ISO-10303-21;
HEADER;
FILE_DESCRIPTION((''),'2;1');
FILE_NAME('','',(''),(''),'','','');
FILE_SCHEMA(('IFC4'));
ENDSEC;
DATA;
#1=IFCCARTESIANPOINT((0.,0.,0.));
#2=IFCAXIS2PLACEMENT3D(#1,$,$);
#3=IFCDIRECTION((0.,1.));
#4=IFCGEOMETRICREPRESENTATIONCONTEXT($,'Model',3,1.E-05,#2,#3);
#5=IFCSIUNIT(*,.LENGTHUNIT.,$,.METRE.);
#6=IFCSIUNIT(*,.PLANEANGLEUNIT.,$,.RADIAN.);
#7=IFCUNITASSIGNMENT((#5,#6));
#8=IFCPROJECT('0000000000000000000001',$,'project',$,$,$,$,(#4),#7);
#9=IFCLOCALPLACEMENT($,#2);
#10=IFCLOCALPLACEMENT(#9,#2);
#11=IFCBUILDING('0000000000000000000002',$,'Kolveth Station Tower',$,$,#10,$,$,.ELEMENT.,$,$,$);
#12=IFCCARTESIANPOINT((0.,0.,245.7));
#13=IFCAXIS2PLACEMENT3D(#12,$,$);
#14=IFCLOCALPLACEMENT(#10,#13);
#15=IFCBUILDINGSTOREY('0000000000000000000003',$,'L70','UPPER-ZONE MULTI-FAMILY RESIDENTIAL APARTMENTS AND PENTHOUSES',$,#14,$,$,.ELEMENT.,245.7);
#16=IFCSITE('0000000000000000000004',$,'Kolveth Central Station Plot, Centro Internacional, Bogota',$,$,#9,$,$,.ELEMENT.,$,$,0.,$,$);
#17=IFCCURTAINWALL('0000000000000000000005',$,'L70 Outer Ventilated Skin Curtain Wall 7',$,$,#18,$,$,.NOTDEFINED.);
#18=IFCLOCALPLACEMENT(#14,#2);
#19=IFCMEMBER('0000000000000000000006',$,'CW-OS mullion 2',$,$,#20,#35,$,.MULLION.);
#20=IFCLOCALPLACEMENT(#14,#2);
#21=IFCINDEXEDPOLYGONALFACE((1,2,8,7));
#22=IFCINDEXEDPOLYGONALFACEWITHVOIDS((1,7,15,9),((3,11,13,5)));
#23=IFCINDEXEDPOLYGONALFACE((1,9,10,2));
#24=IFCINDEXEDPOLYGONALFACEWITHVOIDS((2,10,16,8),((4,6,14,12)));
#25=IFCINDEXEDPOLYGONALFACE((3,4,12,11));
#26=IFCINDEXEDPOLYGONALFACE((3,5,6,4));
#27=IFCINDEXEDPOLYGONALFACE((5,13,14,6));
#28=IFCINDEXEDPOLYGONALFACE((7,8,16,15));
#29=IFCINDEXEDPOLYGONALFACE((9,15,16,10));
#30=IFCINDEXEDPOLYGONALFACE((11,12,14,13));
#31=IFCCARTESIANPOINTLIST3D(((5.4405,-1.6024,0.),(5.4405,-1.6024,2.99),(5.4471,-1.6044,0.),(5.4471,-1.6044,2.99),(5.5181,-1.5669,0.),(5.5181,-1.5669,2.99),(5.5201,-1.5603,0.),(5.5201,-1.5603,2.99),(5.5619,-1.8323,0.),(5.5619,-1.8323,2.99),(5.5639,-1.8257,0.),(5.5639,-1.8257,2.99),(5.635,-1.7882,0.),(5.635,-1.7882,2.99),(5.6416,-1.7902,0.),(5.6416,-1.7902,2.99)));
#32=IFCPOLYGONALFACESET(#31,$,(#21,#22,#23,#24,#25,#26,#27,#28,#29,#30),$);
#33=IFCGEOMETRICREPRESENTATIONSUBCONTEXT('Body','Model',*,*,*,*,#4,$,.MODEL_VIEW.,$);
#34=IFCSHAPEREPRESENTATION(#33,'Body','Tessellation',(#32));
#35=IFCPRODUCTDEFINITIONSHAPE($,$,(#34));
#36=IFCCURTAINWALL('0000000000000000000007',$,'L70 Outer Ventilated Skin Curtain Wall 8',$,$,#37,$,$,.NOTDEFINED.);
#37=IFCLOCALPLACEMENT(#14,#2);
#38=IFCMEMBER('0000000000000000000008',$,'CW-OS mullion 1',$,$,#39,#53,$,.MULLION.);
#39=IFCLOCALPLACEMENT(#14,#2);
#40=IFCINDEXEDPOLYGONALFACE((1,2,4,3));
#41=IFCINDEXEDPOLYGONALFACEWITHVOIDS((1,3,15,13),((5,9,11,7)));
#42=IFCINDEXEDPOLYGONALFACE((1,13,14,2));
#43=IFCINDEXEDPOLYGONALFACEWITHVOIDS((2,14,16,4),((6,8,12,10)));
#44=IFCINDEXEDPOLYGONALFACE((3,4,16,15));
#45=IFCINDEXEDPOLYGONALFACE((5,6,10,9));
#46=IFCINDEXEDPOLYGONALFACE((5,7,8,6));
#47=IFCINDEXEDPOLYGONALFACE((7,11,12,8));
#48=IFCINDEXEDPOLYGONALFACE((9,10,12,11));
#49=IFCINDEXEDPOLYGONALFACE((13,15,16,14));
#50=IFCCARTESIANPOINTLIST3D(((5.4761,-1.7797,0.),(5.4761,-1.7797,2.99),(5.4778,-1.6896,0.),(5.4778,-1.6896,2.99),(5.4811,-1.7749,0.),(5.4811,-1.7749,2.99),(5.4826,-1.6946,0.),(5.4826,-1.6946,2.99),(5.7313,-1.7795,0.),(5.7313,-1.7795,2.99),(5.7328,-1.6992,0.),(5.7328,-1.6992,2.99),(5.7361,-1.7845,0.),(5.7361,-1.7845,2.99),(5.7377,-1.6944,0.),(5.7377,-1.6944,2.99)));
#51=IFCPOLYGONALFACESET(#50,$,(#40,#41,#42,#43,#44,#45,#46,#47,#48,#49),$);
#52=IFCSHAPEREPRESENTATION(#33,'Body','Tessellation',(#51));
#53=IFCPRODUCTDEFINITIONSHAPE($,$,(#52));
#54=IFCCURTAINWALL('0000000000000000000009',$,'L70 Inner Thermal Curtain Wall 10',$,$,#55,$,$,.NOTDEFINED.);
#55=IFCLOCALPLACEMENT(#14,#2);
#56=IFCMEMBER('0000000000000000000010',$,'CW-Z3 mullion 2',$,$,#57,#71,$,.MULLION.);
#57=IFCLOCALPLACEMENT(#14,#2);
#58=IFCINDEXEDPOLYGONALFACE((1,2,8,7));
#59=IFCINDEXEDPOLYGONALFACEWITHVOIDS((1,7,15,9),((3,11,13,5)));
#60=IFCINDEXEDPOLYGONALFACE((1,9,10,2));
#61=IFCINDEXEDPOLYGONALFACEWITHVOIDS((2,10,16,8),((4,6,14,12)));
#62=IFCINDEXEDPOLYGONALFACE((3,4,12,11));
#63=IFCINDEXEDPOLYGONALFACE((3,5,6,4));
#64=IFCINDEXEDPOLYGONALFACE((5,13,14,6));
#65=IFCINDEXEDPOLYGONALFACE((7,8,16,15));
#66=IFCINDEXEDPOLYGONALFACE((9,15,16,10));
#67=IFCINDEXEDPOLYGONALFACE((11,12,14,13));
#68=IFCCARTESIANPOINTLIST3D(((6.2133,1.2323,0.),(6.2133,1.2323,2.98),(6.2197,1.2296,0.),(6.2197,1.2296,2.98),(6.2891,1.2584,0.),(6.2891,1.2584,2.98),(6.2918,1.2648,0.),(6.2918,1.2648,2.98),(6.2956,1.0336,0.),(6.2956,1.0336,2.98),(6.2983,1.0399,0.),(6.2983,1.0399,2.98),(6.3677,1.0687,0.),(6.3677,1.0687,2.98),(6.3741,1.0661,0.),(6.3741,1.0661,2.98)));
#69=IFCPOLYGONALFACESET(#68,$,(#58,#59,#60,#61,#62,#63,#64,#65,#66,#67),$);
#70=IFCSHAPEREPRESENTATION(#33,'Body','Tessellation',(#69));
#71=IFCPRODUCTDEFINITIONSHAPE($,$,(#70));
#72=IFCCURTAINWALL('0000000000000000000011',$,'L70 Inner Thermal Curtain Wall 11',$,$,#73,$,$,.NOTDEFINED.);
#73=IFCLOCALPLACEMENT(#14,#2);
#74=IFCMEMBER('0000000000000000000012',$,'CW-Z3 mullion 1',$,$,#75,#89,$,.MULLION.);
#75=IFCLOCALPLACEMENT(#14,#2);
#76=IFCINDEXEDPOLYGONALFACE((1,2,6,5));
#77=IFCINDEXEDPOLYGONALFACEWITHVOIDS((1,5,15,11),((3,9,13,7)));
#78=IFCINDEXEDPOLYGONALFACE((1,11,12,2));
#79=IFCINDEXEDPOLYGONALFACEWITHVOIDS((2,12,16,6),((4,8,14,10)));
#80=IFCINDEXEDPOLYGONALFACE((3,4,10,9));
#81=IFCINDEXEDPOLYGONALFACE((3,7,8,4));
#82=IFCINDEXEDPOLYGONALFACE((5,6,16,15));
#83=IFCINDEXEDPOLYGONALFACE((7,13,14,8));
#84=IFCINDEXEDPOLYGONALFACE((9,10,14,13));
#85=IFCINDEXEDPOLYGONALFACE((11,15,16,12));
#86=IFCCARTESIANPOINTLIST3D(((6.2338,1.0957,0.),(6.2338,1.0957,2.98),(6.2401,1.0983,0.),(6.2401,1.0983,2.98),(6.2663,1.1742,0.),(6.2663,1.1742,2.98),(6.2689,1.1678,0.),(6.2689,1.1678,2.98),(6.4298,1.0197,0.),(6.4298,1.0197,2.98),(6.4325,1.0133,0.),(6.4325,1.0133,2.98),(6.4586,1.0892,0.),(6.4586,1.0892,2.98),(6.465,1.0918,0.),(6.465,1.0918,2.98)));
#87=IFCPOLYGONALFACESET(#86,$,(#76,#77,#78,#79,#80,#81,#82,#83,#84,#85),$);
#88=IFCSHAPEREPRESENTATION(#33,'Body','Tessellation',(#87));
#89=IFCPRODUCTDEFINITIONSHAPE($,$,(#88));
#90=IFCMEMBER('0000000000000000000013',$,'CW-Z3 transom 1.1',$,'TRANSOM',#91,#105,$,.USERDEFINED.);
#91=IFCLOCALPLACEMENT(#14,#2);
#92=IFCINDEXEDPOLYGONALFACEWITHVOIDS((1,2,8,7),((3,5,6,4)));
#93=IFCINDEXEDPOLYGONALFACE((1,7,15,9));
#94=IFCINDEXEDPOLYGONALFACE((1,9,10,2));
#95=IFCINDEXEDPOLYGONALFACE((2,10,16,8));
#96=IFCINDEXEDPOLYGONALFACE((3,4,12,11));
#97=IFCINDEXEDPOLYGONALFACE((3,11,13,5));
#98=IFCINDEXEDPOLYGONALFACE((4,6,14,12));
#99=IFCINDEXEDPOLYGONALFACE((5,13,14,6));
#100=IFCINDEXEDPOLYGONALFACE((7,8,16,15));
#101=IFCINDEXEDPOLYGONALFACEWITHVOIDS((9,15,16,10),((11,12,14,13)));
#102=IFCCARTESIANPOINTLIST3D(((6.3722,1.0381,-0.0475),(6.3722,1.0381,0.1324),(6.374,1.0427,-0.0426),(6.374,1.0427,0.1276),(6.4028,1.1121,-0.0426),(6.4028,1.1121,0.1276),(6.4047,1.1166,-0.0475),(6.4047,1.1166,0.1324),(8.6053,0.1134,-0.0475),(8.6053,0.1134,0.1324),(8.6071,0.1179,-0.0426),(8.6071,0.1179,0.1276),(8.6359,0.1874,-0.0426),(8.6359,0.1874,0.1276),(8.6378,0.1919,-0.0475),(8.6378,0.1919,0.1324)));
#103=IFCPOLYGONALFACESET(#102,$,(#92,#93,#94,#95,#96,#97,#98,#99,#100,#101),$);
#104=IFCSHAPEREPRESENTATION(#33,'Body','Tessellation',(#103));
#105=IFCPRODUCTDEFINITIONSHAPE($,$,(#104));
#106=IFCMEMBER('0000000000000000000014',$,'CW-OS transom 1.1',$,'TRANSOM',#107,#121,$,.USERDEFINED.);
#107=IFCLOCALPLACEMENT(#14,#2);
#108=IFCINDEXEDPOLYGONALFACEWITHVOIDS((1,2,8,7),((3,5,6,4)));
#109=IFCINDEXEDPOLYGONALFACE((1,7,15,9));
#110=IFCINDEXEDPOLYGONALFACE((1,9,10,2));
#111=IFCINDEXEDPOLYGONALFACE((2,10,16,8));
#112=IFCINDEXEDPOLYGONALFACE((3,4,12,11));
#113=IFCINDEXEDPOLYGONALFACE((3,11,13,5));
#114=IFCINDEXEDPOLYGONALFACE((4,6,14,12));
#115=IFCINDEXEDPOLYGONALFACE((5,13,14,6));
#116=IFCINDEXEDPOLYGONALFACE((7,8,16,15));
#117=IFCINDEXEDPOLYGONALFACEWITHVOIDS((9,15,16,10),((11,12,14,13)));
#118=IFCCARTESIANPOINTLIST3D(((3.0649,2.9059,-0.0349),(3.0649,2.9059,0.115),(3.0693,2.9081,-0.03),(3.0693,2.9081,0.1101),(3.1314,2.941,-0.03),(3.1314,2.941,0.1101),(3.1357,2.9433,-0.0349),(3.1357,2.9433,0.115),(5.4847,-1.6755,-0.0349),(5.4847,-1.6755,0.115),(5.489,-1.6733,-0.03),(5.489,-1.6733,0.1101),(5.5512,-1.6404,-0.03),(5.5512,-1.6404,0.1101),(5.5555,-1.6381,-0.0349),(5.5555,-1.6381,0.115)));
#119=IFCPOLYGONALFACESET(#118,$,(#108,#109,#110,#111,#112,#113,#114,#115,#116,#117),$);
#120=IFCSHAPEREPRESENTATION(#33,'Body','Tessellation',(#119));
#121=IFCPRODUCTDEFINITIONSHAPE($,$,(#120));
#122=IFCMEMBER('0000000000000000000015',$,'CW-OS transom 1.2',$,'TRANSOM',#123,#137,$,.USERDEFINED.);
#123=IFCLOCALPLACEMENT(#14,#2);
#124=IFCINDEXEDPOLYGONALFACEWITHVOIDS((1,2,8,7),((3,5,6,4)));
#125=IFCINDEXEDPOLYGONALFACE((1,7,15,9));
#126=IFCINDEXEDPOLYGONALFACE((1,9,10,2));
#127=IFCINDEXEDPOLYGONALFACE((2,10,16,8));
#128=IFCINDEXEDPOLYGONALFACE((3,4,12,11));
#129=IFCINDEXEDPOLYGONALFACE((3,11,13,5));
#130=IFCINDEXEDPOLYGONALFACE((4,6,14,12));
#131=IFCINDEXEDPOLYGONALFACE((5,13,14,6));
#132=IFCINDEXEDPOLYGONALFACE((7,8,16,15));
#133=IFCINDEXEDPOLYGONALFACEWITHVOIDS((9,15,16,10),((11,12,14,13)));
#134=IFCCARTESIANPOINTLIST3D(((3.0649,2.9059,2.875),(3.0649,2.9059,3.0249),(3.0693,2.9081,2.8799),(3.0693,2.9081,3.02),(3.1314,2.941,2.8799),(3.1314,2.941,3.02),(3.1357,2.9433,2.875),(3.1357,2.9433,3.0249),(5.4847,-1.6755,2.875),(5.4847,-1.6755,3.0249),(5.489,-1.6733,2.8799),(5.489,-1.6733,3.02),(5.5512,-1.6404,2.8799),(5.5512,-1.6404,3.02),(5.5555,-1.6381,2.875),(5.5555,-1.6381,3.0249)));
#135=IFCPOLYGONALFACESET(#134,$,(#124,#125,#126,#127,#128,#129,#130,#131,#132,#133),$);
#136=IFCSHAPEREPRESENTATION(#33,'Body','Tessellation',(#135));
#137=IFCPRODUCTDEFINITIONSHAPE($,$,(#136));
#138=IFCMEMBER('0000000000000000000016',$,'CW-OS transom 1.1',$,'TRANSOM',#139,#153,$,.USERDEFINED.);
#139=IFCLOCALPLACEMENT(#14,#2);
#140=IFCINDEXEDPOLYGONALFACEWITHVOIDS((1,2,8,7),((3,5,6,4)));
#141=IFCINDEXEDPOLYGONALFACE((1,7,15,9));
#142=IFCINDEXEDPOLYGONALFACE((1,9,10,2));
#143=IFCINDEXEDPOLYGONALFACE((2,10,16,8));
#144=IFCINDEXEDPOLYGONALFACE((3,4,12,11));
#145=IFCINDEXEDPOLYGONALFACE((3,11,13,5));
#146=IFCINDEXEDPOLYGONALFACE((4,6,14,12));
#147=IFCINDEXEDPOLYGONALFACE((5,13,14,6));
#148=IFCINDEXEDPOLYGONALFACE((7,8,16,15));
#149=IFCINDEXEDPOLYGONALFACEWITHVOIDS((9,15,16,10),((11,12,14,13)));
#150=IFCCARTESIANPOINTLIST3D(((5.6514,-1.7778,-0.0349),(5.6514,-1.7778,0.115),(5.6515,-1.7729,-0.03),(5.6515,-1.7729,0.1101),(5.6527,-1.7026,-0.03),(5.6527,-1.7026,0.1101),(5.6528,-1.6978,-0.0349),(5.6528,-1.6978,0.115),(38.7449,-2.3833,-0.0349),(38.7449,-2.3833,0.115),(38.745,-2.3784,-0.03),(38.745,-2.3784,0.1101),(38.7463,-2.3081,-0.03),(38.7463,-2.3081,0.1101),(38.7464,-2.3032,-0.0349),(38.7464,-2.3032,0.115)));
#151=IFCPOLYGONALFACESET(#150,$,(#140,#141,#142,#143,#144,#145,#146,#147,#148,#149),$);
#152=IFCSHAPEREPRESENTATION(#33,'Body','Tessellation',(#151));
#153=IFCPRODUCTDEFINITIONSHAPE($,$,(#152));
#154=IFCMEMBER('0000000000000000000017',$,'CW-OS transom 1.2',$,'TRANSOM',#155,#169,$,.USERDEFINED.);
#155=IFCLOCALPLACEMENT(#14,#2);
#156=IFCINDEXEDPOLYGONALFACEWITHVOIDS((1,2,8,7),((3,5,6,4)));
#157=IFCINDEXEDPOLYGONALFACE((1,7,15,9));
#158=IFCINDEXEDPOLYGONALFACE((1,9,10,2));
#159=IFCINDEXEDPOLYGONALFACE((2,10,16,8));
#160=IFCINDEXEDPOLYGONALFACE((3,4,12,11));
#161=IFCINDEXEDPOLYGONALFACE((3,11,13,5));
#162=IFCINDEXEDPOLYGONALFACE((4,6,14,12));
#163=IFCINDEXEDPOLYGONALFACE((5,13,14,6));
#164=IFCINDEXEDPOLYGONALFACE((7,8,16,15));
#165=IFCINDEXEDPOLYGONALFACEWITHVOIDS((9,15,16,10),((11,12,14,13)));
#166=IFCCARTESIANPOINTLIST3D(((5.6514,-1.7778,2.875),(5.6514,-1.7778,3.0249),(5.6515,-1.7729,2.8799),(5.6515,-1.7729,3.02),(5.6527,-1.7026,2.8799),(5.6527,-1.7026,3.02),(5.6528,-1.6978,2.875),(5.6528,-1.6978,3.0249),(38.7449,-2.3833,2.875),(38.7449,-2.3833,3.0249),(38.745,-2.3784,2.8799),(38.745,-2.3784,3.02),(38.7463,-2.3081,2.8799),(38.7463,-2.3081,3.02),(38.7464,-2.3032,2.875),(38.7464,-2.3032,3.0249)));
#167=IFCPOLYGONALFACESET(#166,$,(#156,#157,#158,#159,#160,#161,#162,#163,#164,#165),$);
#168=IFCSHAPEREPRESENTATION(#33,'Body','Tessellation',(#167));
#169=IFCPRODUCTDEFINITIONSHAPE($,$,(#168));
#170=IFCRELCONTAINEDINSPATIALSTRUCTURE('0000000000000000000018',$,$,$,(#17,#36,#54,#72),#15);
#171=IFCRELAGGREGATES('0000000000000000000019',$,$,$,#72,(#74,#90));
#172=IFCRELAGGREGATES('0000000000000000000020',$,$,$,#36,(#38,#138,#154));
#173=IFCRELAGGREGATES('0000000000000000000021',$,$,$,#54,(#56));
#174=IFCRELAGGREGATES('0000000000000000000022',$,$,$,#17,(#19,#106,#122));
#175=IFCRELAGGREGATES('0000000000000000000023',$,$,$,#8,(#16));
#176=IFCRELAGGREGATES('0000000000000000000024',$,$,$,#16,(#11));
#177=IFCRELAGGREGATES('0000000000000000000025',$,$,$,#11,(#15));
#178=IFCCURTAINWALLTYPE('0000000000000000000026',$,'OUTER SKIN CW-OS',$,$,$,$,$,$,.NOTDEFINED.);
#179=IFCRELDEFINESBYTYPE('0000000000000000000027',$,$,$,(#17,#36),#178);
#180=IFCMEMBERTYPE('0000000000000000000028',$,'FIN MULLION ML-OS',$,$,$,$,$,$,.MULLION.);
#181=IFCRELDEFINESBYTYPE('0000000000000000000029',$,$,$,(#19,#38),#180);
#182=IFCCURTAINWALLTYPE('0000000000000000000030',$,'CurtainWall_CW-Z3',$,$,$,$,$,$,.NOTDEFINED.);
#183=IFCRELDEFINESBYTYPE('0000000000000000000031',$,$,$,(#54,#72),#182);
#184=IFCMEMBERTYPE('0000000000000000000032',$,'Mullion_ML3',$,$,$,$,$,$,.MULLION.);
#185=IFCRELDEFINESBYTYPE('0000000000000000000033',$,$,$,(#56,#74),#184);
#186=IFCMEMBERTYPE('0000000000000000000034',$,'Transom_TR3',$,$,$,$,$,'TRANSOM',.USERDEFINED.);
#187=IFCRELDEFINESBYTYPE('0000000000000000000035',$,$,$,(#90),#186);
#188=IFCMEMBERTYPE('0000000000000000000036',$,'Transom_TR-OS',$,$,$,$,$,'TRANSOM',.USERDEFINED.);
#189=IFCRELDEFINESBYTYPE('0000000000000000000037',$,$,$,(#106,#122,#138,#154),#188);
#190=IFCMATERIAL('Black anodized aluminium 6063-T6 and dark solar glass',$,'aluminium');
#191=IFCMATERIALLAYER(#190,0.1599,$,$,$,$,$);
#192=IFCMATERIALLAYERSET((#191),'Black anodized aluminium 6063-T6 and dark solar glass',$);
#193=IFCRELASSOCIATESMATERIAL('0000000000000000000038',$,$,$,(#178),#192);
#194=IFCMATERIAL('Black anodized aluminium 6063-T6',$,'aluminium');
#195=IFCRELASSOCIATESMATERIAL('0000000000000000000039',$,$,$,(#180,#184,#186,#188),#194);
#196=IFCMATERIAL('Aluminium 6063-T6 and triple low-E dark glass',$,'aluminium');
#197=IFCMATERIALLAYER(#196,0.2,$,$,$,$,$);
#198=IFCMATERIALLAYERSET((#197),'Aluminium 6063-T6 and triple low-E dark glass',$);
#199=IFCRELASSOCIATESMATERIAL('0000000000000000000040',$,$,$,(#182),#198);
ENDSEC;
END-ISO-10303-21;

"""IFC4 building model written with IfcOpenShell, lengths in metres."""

from ifc_helpers import new_model, si_unit, direction, frame, origin, origin_2d, place, context, subcontext, project, spatial, hollow_rectangle, extrude, source, transform, mapped, material, layer, layer_set, material_profile, profile_set, type_object, element, aggregate, save


model = new_model("IFC4")

# Units and contexts
model_context = context("Model", 3, precision=1e-05, world=origin(), true_north=direction((0.0, 1.0)))
body_context = subcontext(model_context, "Body", "Model", "MODEL_VIEW")
ifc_project = project(units=[si_unit("LENGTHUNIT", "METRE"), si_unit("PLANEANGLEUNIT", "RADIAN")], contexts=[model_context])

# Site, building, storey
site_placement = place(None, origin())
site = spatial("IfcSite", under=ifc_project, at=site_placement, Name="Kolveth Central Station Plot, Centro Internacional, Bogota", CompositionType="ELEMENT", RefElevation=0.0)
building_placement = place(site_placement, origin())
building = spatial("IfcBuilding", under=site, at=building_placement, Name="Kolveth Station Tower", CompositionType="ELEMENT")
storey_placement = place(building_placement, frame((0.0, 0.0, 245.7)))
storey = spatial("IfcBuildingStorey", under=building, at=storey_placement, Name="L70", Description="UPPER-ZONE MULTI-FAMILY RESIDENTIAL APARTMENTS AND PENTHOUSES", CompositionType="ELEMENT", Elevation=245.7)

# Curtain walls, members
ifc_material_1 = material(Name="Black anodized aluminium 6063-T6 and dark solar glass", Category="aluminium")
ifc_layer_1 = layer(ifc_material_1, 0.1599)
ifc_layer_set_1 = layer_set([ifc_layer_1], Name="Black anodized aluminium 6063-T6 and dark solar glass")
curtain_wall_type_1 = type_object("IfcCurtainWallType", Name="OUTER SKIN CW-OS", PredefinedType="NOTDEFINED", material=ifc_layer_set_1)
curtain_wall_1_placement = place(storey_placement, origin())
curtain_wall_1 = element("IfcCurtainWall", 1, at=curtain_wall_1_placement, inside=storey, type_object=curtain_wall_type_1, Name="L70 Outer Ventilated Skin Curtain Wall 7", PredefinedType="NOTDEFINED")
ifc_material_2 = material(Name="Black anodized aluminium 6063-T6", Category="aluminium")
ifc_material_profile_1 = material_profile(ifc_material_2, hollow_rectangle(XDim=0.0901, YDim=0.26, WallThickness=0.0049, at=origin_2d()), Name="ALU-90x260x5")
ifc_profile_set_1 = profile_set([ifc_material_profile_1], Name="Black anodized aluminium 6063-T6")
member_type_1 = type_object("IfcMemberType", Name="FIN MULLION ML-OS", PredefinedType="MULLION", material=ifc_profile_set_1)
shared_shape_1 = source(origin(), body_context, "Body", "SweptSolid", [
    extrude(hollow_rectangle(XDim=0.0901, YDim=0.26, WallThickness=0.0049, at=origin_2d()), origin(), (0.0, 0.0, 1.0), 2.99),
])
member_1_placement = place(storey_placement, frame((5.541, -1.6963, 0.0), z_axis=(0.0, 0.0, 1.0), x_axis=(0.88424, 0.467032, 0.0)))
member_1 = element("IfcMember", 2, at=member_1_placement, type_object=member_type_1, Name="CW-OS mullion 2", PredefinedType="MULLION", context=body_context, shape_type="MappedRepresentation", body=[
    mapped(shared_shape_1, transform((0.0, 0.0, 0.0), x_axis=(1.0, 0.0, 0.0), y_axis=(0.0, 1.0, 0.0), z_axis=(0.0, 0.0, 1.0), scale=1.0)),
])
curtain_wall_2_placement = place(storey_placement, origin())
curtain_wall_2 = element("IfcCurtainWall", 3, at=curtain_wall_2_placement, inside=storey, type_object=curtain_wall_type_1, Name="L70 Outer Ventilated Skin Curtain Wall 8", PredefinedType="NOTDEFINED")
member_2_placement = place(storey_placement, frame((5.6069, -1.7371, 0.0), z_axis=(0.0, 0.0, 1.0), x_axis=(0.018288, 0.999833, 0.0)))
member_2 = element("IfcMember", 4, at=member_2_placement, type_object=member_type_1, Name="CW-OS mullion 1", PredefinedType="MULLION", context=body_context, shape_type="MappedRepresentation", body=[
    mapped(shared_shape_1, transform((0.0, 0.0, 0.0), x_axis=(1.0, 0.0, 0.0), y_axis=(0.0, 1.0, 0.0), z_axis=(0.0, 0.0, 1.0), scale=1.0)),
])
ifc_material_3 = material(Name="Aluminium 6063-T6 and triple low-E dark glass", Category="aluminium")
ifc_layer_2 = layer(ifc_material_3, 0.2)
ifc_layer_set_2 = layer_set([ifc_layer_2], Name="Aluminium 6063-T6 and triple low-E dark glass")
curtain_wall_type_2 = type_object("IfcCurtainWallType", Name="CurtainWall_CW-Z3", PredefinedType="NOTDEFINED", material=ifc_layer_set_2)
curtain_wall_3_placement = place(storey_placement, origin())
curtain_wall_3 = element("IfcCurtainWall", 5, at=curtain_wall_3_placement, inside=storey, type_object=curtain_wall_type_2, Name="L70 Inner Thermal Curtain Wall 10", PredefinedType="NOTDEFINED")
ifc_material_profile_2 = material_profile(ifc_material_2, hollow_rectangle(XDim=0.085, YDim=0.2151, WallThickness=0.0049, at=origin_2d()), Name="ALU-85x215x5")
ifc_profile_set_2 = profile_set([ifc_material_profile_2], Name="Black anodized aluminium 6063-T6")
member_type_2 = type_object("IfcMemberType", Name="Mullion_ML3", PredefinedType="MULLION", material=ifc_profile_set_2)
shared_shape_2 = source(origin(), body_context, "Body", "SweptSolid", [
    extrude(hollow_rectangle(XDim=0.085, YDim=0.2151, WallThickness=0.0049, at=origin_2d()), origin(), (0.0, 0.0, 1.0), 2.98),
])
member_3_placement = place(storey_placement, frame((6.2937, 1.1492, 0.0), z_axis=(0.0, 0.0, 1.0), x_axis=(0.923875, 0.382693, 0.0)))
member_3 = element("IfcMember", 6, at=member_3_placement, type_object=member_type_2, Name="CW-Z3 mullion 2", PredefinedType="MULLION", context=body_context, shape_type="MappedRepresentation", body=[
    mapped(shared_shape_2, transform((0.0, 0.0, 0.0), x_axis=(1.0, 0.0, 0.0), y_axis=(0.0, 1.0, 0.0), z_axis=(0.0, 0.0, 1.0), scale=1.0)),
])

# Curtain wall, members
curtain_wall_4_placement = place(storey_placement, origin())
curtain_wall_4 = element("IfcCurtainWall", 7, at=curtain_wall_4_placement, inside=storey, type_object=curtain_wall_type_2, Name="L70 Inner Thermal Curtain Wall 11", PredefinedType="NOTDEFINED")
member_4_placement = place(storey_placement, frame((6.3494, 1.0938, 0.0), z_axis=(0.0, 0.0, 1.0), x_axis=(0.382693, 0.923875, 0.0)))
member_4 = element("IfcMember", 8, at=member_4_placement, type_object=member_type_2, Name="CW-Z3 mullion 1", PredefinedType="MULLION", context=body_context, shape_type="MappedRepresentation", body=[
    mapped(shared_shape_2, transform((0.0, 0.0, 0.0), x_axis=(1.0, 0.0, 0.0), y_axis=(0.0, 1.0, 0.0), z_axis=(0.0, 0.0, 1.0), scale=1.0)),
])
ifc_material_profile_3 = material_profile(ifc_material_2, hollow_rectangle(XDim=0.085, YDim=0.1799, WallThickness=0.0049, at=origin_2d()), Name="ALU-85x180x5")
ifc_profile_set_3 = profile_set([ifc_material_profile_3], Name="Black anodized aluminium 6063-T6")
member_type_3 = type_object("IfcMemberType", Name="Transom_TR3", ElementType="TRANSOM", PredefinedType="USERDEFINED", material=ifc_profile_set_3)
shared_shape_3 = source(origin(), body_context, "Body", "SweptSolid", [
    extrude(hollow_rectangle(XDim=0.085, YDim=0.1799, WallThickness=0.0049, at=origin_2d()), origin(), (0.0, 0.0, 1.0), 2.417),
])
member_5_placement = place(storey_placement, frame((6.3884, 1.0774, 0.0425), z_axis=(0.923909, -0.382613, 0.0), x_axis=(0.382613, 0.923909, 0.0)))
member_5 = element("IfcMember", 9, at=member_5_placement, type_object=member_type_3, Name="CW-Z3 transom 1.1", ObjectType="TRANSOM", PredefinedType="USERDEFINED", context=body_context, shape_type="MappedRepresentation", body=[
    mapped(shared_shape_3, transform((0.0, 0.0, 0.0), x_axis=(1.0, 0.0, 0.0), y_axis=(0.0, 1.0, 0.0), z_axis=(0.0, 0.0, 1.0), scale=1.0)),
])
aggregate(curtain_wall_4, [member_4, member_5])

# Members
ifc_material_profile_4 = material_profile(ifc_material_2, hollow_rectangle(XDim=0.0801, YDim=0.1499, WallThickness=0.0049, at=origin_2d()), Name="ALU-80x150x5")
ifc_profile_set_4 = profile_set([ifc_material_profile_4], Name="Black anodized aluminium 6063-T6")
member_type_4 = type_object("IfcMemberType", Name="Transom_TR-OS", ElementType="TRANSOM", PredefinedType="USERDEFINED", material=ifc_profile_set_4)
shared_shape_4 = source(origin(), body_context, "Body", "SweptSolid", [
    extrude(hollow_rectangle(XDim=0.0801, YDim=0.1499, WallThickness=0.0049, at=origin_2d()), origin(), (0.0, 0.0, 1.0), 5.1812),
])
member_6_placement = place(storey_placement, frame((3.1003, 2.9246, 0.04), z_axis=(0.467026, -0.884244, 0.0), x_axis=(0.884244, 0.467026, 0.0)))
member_6 = element("IfcMember", 10, at=member_6_placement, type_object=member_type_4, Name="CW-OS transom 1.1", ObjectType="TRANSOM", PredefinedType="USERDEFINED", context=body_context, shape_type="MappedRepresentation", body=[
    mapped(shared_shape_4, transform((0.0, 0.0, 0.0), x_axis=(1.0, 0.0, 0.0), y_axis=(0.0, 1.0, 0.0), z_axis=(0.0, 0.0, 1.0), scale=1.0)),
])
member_7_placement = place(storey_placement, frame((3.1003, 2.9246, 2.95), z_axis=(0.467026, -0.884244, 0.0), x_axis=(0.884244, 0.467026, 0.0)))
member_7 = element("IfcMember", 11, at=member_7_placement, type_object=member_type_4, Name="CW-OS transom 1.2", ObjectType="TRANSOM", PredefinedType="USERDEFINED", context=body_context, shape_type="MappedRepresentation", body=[
    mapped(shared_shape_4, transform((0.0, 0.0, 0.0), x_axis=(1.0, 0.0, 0.0), y_axis=(0.0, 1.0, 0.0), z_axis=(0.0, 0.0, 1.0), scale=1.0)),
])
shared_shape_5 = source(origin(), body_context, "Body", "SweptSolid", [
    extrude(hollow_rectangle(XDim=0.0801, YDim=0.1499, WallThickness=0.0049, at=origin_2d()), origin(), (0.0, 0.0, 1.0), 33.0991),
])
member_8_placement = place(storey_placement, frame((5.6521, -1.7378, 0.04), z_axis=(0.999833, -0.018293, 0.0), x_axis=(0.018293, 0.999833, 0.0)))
member_8 = element("IfcMember", 12, at=member_8_placement, type_object=member_type_4, Name="CW-OS transom 1.1", ObjectType="TRANSOM", PredefinedType="USERDEFINED", context=body_context, shape_type="MappedRepresentation", body=[
    mapped(shared_shape_5, transform((0.0, 0.0, 0.0), x_axis=(1.0, 0.0, 0.0), y_axis=(0.0, 1.0, 0.0), z_axis=(0.0, 0.0, 1.0), scale=1.0)),
])
member_9_placement = place(storey_placement, frame((5.6521, -1.7378, 2.95), z_axis=(0.999833, -0.018293, 0.0), x_axis=(0.018293, 0.999833, 0.0)))
member_9 = element("IfcMember", 13, at=member_9_placement, type_object=member_type_4, Name="CW-OS transom 1.2", ObjectType="TRANSOM", PredefinedType="USERDEFINED", context=body_context, shape_type="MappedRepresentation", body=[
    mapped(shared_shape_5, transform((0.0, 0.0, 0.0), x_axis=(1.0, 0.0, 0.0), y_axis=(0.0, 1.0, 0.0), z_axis=(0.0, 0.0, 1.0), scale=1.0)),
])
aggregate(curtain_wall_2, [member_2, member_8, member_9])

aggregate(curtain_wall_3, [member_3])
aggregate(curtain_wall_1, [member_1, member_6, member_7])

save(model, "model.ifc")
